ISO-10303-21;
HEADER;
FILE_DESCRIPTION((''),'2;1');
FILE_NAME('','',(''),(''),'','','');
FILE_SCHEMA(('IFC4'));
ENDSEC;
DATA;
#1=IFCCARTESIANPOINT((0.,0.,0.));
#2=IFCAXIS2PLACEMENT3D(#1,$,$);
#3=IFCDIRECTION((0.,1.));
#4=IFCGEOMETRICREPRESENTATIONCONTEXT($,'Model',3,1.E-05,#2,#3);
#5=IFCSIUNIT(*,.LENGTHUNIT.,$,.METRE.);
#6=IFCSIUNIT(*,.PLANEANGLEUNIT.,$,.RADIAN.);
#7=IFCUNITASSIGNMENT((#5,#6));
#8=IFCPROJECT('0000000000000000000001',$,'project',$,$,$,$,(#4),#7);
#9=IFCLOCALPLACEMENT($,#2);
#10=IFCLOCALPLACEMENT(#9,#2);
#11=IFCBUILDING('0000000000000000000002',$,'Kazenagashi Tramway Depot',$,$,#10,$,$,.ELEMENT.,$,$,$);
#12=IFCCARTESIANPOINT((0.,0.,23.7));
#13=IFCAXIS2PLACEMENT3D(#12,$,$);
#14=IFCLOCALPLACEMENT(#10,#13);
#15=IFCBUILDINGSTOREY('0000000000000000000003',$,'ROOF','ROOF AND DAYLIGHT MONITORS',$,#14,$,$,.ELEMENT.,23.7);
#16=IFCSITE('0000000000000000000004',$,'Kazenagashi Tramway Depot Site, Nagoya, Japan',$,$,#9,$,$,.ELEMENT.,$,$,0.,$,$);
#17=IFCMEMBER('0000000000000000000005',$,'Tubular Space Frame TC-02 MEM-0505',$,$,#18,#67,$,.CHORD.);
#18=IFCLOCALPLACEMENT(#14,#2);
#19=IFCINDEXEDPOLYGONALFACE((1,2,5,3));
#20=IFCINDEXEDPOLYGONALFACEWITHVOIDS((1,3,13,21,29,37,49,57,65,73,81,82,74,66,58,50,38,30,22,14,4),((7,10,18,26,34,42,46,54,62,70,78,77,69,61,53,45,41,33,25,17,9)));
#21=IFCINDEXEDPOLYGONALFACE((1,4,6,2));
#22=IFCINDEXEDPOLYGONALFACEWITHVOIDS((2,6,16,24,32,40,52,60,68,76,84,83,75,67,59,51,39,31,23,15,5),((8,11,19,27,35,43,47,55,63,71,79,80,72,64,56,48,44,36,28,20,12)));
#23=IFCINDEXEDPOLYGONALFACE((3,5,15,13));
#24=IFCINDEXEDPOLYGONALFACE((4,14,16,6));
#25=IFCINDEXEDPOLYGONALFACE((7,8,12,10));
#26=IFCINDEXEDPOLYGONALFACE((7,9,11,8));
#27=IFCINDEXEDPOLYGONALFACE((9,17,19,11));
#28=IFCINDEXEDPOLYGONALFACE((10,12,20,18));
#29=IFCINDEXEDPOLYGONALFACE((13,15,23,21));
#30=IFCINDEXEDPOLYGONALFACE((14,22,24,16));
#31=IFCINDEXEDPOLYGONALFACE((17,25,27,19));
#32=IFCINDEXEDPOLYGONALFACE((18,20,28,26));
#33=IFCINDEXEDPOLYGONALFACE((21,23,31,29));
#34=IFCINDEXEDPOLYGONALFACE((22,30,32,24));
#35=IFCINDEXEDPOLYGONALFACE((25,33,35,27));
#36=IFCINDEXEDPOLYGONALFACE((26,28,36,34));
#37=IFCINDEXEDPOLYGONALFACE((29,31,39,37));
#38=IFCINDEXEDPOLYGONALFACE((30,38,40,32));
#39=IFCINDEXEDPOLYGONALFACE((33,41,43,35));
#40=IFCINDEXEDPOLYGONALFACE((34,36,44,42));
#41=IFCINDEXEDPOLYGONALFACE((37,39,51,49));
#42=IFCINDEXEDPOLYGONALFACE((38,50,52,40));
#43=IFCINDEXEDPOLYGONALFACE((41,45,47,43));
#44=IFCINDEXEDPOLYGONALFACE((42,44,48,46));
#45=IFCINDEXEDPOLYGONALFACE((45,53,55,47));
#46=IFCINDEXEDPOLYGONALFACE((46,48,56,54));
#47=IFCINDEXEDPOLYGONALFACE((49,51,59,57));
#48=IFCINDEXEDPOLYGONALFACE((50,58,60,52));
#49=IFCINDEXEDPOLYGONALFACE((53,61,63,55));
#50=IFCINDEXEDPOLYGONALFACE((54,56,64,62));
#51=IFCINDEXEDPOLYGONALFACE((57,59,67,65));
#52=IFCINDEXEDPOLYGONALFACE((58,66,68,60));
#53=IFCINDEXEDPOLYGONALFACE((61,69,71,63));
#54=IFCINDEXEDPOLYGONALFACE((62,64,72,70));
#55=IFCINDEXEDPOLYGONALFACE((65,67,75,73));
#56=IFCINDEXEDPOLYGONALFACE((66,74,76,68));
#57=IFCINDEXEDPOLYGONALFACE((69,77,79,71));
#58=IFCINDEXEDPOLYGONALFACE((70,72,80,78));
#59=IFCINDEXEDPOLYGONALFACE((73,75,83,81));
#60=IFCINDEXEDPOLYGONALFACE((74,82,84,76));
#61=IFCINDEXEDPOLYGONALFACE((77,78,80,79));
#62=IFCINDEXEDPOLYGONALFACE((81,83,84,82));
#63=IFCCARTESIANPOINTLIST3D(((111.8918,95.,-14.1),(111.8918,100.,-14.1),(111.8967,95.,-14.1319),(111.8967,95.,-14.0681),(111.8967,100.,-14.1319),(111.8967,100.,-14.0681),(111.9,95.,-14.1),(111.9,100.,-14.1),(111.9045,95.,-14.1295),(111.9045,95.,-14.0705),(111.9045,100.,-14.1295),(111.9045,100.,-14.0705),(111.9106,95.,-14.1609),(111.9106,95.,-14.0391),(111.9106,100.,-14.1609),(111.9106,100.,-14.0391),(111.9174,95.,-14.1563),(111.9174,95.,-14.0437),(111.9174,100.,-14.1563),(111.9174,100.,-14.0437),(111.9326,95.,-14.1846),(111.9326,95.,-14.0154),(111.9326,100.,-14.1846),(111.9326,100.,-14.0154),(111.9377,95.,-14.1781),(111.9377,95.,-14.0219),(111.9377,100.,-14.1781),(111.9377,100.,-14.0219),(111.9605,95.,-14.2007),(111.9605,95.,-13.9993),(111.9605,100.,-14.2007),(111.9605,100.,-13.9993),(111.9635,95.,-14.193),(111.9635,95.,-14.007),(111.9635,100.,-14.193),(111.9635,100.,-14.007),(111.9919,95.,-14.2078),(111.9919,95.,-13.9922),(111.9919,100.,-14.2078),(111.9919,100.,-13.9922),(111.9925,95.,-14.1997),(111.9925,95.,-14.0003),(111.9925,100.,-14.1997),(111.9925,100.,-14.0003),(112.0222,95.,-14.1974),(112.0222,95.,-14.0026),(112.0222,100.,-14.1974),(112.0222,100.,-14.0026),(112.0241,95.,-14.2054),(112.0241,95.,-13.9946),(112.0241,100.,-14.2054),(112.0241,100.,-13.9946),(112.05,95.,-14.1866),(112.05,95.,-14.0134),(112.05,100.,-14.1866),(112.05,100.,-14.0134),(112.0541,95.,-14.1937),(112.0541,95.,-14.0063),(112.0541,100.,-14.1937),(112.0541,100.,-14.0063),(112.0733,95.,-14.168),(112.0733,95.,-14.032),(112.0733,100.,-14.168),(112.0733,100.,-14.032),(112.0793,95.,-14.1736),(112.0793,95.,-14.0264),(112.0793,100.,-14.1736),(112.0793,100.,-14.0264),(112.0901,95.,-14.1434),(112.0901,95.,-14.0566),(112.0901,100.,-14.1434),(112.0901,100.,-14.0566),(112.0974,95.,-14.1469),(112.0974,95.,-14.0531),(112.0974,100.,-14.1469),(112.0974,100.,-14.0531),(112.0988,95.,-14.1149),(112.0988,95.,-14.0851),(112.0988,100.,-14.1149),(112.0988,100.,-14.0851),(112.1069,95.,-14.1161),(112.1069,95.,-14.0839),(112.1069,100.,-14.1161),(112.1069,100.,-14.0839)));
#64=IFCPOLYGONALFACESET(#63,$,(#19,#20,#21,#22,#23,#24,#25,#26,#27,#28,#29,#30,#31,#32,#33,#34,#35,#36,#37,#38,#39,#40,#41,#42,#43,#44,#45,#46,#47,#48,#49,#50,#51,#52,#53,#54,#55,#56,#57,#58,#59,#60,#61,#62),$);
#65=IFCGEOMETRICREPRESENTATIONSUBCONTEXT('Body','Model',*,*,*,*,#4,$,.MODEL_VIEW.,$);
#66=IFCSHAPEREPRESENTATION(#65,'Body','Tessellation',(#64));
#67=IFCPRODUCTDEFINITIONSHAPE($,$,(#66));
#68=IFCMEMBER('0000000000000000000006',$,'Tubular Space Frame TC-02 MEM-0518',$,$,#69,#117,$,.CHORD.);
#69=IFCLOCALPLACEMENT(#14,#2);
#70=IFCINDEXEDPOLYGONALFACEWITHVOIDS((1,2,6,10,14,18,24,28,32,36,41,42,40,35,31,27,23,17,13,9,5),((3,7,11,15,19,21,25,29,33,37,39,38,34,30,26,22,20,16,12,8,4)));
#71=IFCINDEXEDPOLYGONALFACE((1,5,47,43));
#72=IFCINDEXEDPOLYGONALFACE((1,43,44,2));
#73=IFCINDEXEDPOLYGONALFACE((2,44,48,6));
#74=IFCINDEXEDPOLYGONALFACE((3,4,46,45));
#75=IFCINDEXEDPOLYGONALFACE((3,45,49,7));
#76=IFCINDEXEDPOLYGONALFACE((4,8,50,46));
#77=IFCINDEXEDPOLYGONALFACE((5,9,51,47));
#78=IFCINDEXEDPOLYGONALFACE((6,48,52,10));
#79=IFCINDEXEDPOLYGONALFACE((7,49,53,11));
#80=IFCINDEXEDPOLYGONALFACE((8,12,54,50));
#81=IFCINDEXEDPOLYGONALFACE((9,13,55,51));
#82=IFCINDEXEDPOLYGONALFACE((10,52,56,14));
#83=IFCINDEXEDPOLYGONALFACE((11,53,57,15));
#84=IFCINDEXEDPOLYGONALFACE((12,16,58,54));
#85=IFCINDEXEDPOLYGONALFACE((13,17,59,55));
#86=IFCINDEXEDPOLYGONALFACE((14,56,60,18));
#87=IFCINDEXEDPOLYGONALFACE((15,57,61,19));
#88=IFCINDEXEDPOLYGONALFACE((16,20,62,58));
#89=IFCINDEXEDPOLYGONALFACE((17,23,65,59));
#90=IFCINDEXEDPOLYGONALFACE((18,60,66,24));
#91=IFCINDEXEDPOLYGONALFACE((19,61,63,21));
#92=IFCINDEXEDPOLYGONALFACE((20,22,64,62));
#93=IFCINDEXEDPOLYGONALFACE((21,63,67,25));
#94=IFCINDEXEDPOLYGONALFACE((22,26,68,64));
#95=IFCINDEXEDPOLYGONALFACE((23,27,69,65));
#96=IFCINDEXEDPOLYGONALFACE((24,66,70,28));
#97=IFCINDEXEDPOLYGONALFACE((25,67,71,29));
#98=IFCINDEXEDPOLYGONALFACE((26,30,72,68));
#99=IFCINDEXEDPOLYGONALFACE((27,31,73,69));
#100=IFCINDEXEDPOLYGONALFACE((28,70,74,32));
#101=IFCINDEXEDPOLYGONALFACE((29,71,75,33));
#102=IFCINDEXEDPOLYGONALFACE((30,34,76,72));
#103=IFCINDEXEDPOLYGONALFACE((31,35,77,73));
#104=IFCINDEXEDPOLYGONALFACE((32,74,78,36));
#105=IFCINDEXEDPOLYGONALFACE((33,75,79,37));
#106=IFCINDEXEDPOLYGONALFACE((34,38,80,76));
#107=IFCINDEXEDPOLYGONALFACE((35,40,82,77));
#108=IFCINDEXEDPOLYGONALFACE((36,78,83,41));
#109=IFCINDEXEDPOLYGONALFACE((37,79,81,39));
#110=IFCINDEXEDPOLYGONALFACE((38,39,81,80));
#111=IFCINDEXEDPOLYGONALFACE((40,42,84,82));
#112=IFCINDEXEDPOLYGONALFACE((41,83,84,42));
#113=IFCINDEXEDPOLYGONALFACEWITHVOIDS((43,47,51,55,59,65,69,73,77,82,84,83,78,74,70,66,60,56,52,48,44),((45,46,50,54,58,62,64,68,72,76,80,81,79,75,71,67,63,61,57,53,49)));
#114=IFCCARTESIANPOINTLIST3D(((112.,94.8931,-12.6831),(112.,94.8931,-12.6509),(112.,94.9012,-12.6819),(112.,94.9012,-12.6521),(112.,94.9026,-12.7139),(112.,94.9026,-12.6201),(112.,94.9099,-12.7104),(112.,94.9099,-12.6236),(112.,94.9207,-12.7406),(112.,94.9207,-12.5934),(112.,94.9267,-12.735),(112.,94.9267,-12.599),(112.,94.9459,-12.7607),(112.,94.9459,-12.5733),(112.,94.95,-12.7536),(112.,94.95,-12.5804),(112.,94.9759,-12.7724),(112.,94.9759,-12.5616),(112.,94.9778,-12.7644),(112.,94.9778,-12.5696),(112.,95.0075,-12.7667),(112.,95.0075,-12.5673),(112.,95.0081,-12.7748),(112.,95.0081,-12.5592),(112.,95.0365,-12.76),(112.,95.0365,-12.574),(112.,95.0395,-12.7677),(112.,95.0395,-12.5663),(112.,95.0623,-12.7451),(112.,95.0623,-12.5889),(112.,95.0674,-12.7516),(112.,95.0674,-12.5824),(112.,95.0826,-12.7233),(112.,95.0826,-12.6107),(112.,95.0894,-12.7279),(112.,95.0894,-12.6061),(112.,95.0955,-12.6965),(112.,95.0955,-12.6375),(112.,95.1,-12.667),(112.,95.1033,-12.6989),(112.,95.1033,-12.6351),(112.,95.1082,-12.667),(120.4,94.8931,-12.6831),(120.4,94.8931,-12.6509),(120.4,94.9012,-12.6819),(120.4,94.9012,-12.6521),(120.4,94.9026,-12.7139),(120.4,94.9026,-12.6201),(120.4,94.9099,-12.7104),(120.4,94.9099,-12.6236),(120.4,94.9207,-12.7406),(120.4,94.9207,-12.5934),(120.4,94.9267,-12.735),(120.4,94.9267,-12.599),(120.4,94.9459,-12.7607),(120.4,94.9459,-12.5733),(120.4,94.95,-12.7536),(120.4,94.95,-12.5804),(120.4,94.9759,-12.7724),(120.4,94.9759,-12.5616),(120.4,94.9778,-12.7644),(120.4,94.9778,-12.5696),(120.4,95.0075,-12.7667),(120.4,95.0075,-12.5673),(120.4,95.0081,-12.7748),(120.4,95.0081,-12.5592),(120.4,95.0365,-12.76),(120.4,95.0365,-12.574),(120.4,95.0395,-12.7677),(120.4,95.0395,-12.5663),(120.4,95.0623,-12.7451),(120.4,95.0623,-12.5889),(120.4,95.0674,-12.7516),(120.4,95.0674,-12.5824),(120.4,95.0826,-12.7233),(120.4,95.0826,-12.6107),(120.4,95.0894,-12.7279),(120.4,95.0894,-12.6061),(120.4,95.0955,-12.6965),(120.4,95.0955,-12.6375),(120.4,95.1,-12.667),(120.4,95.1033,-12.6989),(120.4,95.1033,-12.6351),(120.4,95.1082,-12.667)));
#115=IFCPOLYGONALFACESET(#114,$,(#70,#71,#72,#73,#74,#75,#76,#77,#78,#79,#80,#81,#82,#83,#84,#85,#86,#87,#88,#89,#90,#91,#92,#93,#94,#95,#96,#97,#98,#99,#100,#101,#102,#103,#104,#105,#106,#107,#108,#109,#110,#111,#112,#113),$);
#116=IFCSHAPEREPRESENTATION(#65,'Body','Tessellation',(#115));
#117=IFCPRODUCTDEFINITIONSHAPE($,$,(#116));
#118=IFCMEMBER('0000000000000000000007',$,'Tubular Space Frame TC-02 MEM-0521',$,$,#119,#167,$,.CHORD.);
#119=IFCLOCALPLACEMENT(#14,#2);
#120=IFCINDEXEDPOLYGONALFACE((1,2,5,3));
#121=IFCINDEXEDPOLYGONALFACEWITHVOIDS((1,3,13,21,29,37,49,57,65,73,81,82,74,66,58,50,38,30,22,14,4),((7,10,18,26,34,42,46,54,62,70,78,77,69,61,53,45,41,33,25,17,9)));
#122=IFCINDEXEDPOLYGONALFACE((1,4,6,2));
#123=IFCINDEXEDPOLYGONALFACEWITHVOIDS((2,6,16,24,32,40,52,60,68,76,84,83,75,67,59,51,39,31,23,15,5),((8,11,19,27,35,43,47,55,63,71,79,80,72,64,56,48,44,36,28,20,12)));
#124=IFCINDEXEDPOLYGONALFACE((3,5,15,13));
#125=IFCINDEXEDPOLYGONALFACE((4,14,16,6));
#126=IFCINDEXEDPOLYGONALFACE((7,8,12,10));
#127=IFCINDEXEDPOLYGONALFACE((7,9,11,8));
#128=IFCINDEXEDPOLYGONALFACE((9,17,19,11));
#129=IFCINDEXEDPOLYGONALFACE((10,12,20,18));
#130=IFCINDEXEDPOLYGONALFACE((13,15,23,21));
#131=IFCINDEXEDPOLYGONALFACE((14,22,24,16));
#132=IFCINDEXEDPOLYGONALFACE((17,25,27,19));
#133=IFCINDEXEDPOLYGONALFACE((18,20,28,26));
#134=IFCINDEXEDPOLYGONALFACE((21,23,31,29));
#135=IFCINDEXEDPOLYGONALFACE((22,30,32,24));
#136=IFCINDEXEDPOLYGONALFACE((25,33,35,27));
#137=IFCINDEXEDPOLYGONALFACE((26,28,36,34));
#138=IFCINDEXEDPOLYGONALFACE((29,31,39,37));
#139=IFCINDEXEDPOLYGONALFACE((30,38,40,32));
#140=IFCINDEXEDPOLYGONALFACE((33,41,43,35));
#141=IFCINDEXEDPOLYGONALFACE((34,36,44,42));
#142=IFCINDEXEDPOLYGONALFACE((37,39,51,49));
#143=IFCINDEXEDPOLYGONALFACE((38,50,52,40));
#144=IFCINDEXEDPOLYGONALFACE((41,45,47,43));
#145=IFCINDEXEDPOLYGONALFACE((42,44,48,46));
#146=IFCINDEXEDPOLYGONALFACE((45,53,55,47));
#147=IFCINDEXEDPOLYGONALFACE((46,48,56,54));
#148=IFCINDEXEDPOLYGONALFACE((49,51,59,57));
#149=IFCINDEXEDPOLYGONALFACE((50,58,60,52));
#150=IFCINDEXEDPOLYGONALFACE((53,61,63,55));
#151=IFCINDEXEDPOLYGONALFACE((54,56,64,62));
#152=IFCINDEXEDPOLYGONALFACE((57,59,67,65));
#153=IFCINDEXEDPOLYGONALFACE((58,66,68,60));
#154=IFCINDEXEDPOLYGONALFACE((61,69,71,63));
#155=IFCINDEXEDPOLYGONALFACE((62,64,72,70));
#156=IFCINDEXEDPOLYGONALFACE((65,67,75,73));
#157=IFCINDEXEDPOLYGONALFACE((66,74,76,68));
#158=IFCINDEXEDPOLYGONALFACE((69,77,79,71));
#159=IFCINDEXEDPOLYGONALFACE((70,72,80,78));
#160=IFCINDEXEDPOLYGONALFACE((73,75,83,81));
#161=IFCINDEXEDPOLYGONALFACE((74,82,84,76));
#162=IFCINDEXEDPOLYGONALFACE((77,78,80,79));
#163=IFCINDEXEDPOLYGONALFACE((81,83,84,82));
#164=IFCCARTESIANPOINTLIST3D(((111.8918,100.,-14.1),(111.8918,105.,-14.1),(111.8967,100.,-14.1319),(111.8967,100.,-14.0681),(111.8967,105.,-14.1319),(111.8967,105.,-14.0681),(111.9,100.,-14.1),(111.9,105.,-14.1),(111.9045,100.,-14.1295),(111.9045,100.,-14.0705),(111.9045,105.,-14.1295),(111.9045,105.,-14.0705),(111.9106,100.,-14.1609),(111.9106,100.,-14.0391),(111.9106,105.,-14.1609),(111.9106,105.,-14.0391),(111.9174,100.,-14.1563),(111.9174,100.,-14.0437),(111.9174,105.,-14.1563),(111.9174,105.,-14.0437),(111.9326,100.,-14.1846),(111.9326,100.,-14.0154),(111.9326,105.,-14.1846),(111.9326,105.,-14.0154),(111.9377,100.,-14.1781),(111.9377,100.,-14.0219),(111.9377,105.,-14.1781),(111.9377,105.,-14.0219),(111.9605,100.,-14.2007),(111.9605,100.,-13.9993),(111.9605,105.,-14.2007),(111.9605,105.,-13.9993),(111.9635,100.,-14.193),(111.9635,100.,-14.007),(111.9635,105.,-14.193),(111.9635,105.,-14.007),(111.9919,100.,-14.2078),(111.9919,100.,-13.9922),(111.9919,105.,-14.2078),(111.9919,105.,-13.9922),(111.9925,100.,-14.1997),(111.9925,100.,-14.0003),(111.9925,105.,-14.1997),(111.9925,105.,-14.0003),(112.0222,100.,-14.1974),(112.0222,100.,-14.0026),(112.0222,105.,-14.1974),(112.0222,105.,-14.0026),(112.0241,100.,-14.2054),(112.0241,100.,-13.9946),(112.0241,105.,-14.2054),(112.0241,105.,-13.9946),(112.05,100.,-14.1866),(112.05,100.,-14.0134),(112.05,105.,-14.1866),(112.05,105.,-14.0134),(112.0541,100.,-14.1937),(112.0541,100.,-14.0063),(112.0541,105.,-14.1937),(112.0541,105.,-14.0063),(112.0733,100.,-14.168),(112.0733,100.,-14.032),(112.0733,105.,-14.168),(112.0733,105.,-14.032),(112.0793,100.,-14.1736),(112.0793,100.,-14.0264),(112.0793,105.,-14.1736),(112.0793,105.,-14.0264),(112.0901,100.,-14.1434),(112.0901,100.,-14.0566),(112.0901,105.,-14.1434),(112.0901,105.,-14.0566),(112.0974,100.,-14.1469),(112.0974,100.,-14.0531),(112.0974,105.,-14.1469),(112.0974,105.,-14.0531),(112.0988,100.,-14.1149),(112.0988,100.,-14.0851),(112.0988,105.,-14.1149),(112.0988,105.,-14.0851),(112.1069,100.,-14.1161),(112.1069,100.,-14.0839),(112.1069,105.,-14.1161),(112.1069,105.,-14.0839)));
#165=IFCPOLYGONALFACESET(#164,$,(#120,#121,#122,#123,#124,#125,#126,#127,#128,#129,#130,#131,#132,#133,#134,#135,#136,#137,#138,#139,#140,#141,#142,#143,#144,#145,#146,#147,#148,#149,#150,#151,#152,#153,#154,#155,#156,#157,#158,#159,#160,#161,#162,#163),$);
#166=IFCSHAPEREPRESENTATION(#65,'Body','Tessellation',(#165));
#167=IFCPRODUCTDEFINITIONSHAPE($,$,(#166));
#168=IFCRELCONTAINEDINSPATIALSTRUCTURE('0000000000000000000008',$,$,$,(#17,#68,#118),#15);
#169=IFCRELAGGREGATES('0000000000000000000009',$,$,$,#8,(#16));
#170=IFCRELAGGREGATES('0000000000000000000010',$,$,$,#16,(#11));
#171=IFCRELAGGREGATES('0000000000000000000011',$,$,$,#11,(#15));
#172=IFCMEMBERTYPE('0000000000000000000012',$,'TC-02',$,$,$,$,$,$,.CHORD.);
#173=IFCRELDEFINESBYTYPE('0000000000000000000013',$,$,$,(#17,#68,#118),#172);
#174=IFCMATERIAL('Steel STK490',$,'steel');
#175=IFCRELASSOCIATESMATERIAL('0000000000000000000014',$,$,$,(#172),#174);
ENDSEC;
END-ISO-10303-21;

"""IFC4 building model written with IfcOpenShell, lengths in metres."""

from ifc_helpers import new_model, si_unit, direction, frame, origin, origin_2d, place, context, subcontext, project, spatial, hollow_circle, extrude, material, material_profile, profile_set, type_object, element, save


model = new_model("IFC4")

# Units and contexts
model_context = context("Model", 3, precision=1e-05, world=origin(), true_north=direction((0.0, 1.0)))
body_context = subcontext(model_context, "Body", "Model", "MODEL_VIEW")
ifc_project = project(units=[si_unit("LENGTHUNIT", "METRE"), si_unit("PLANEANGLEUNIT", "RADIAN")], contexts=[model_context])

# Site, building, storey
site_placement = place(None, origin())
site = spatial("IfcSite", under=ifc_project, at=site_placement, Name="Kazenagashi Tramway Depot Site, Nagoya, Japan", CompositionType="ELEMENT", RefElevation=0.0)
building_placement = place(site_placement, origin())
building = spatial("IfcBuilding", under=site, at=building_placement, Name="Kazenagashi Tramway Depot", CompositionType="ELEMENT")
storey_placement = place(building_placement, frame((0.0, 0.0, 23.7)))
storey = spatial("IfcBuildingStorey", under=building, at=storey_placement, Name="ROOF", Description="ROOF AND DAYLIGHT MONITORS", CompositionType="ELEMENT", Elevation=23.7)

# Members
ifc_material_1 = material(Name="Steel STK490", Category="steel")
ifc_material_profile_1 = material_profile(ifc_material_1, hollow_circle(Radius=0.1081, WallThickness=0.0082, at=origin_2d()), Name="CHS-216.3x8.2")
ifc_profile_set_1 = profile_set([ifc_material_profile_1], Name="Steel STK490")
member_type_1 = type_object("IfcMemberType", Name="TC-02", PredefinedType="CHORD", material=ifc_profile_set_1)
for number, where, z_axis, x_axis, name in (
    (1, (112.0, 95.0, -14.1), (0.0, 1.0, 0.0), (-1.0, 0.0, 0.0), "Tubular Space Frame TC-02 MEM-0505"),
):
    element("IfcMember", number, at=place(storey_placement, frame(where, z_axis=z_axis, x_axis=x_axis)), inside=storey, type_object=member_type_1, Name=name, PredefinedType="CHORD", context=body_context, shape_type="SweptSolid", body=[
        extrude(hollow_circle(Radius=0.1081, WallThickness=0.0082, at=origin_2d()), origin(), (0.0, 0.0, 1.0), 5.0),
    ])
member_1_placement = place(storey_placement, frame((112.0, 95.0, -12.667), z_axis=(1.0, 0.0, 0.0), x_axis=(0.0, 1.0, 0.0)))
element("IfcMember", 2, at=member_1_placement, inside=storey, type_object=member_type_1, Name="Tubular Space Frame TC-02 MEM-0518", PredefinedType="CHORD", context=body_context, shape_type="SweptSolid", body=[
    extrude(hollow_circle(Radius=0.1081, WallThickness=0.0082, at=origin_2d()), origin(), (0.0, 0.0, 1.0), 8.4),
])
for number, where, z_axis, x_axis, name in (
    (3, (112.0, 100.0, -14.1), (0.0, 1.0, 0.0), (-1.0, 0.0, 0.0), "Tubular Space Frame TC-02 MEM-0521"),
):
    element("IfcMember", number, at=place(storey_placement, frame(where, z_axis=z_axis, x_axis=x_axis)), inside=storey, type_object=member_type_1, Name=name, PredefinedType="CHORD", context=body_context, shape_type="SweptSolid", body=[
        extrude(hollow_circle(Radius=0.1081, WallThickness=0.0082, at=origin_2d()), origin(), (0.0, 0.0, 1.0), 5.0),
    ])

save(model, "model.ifc")
